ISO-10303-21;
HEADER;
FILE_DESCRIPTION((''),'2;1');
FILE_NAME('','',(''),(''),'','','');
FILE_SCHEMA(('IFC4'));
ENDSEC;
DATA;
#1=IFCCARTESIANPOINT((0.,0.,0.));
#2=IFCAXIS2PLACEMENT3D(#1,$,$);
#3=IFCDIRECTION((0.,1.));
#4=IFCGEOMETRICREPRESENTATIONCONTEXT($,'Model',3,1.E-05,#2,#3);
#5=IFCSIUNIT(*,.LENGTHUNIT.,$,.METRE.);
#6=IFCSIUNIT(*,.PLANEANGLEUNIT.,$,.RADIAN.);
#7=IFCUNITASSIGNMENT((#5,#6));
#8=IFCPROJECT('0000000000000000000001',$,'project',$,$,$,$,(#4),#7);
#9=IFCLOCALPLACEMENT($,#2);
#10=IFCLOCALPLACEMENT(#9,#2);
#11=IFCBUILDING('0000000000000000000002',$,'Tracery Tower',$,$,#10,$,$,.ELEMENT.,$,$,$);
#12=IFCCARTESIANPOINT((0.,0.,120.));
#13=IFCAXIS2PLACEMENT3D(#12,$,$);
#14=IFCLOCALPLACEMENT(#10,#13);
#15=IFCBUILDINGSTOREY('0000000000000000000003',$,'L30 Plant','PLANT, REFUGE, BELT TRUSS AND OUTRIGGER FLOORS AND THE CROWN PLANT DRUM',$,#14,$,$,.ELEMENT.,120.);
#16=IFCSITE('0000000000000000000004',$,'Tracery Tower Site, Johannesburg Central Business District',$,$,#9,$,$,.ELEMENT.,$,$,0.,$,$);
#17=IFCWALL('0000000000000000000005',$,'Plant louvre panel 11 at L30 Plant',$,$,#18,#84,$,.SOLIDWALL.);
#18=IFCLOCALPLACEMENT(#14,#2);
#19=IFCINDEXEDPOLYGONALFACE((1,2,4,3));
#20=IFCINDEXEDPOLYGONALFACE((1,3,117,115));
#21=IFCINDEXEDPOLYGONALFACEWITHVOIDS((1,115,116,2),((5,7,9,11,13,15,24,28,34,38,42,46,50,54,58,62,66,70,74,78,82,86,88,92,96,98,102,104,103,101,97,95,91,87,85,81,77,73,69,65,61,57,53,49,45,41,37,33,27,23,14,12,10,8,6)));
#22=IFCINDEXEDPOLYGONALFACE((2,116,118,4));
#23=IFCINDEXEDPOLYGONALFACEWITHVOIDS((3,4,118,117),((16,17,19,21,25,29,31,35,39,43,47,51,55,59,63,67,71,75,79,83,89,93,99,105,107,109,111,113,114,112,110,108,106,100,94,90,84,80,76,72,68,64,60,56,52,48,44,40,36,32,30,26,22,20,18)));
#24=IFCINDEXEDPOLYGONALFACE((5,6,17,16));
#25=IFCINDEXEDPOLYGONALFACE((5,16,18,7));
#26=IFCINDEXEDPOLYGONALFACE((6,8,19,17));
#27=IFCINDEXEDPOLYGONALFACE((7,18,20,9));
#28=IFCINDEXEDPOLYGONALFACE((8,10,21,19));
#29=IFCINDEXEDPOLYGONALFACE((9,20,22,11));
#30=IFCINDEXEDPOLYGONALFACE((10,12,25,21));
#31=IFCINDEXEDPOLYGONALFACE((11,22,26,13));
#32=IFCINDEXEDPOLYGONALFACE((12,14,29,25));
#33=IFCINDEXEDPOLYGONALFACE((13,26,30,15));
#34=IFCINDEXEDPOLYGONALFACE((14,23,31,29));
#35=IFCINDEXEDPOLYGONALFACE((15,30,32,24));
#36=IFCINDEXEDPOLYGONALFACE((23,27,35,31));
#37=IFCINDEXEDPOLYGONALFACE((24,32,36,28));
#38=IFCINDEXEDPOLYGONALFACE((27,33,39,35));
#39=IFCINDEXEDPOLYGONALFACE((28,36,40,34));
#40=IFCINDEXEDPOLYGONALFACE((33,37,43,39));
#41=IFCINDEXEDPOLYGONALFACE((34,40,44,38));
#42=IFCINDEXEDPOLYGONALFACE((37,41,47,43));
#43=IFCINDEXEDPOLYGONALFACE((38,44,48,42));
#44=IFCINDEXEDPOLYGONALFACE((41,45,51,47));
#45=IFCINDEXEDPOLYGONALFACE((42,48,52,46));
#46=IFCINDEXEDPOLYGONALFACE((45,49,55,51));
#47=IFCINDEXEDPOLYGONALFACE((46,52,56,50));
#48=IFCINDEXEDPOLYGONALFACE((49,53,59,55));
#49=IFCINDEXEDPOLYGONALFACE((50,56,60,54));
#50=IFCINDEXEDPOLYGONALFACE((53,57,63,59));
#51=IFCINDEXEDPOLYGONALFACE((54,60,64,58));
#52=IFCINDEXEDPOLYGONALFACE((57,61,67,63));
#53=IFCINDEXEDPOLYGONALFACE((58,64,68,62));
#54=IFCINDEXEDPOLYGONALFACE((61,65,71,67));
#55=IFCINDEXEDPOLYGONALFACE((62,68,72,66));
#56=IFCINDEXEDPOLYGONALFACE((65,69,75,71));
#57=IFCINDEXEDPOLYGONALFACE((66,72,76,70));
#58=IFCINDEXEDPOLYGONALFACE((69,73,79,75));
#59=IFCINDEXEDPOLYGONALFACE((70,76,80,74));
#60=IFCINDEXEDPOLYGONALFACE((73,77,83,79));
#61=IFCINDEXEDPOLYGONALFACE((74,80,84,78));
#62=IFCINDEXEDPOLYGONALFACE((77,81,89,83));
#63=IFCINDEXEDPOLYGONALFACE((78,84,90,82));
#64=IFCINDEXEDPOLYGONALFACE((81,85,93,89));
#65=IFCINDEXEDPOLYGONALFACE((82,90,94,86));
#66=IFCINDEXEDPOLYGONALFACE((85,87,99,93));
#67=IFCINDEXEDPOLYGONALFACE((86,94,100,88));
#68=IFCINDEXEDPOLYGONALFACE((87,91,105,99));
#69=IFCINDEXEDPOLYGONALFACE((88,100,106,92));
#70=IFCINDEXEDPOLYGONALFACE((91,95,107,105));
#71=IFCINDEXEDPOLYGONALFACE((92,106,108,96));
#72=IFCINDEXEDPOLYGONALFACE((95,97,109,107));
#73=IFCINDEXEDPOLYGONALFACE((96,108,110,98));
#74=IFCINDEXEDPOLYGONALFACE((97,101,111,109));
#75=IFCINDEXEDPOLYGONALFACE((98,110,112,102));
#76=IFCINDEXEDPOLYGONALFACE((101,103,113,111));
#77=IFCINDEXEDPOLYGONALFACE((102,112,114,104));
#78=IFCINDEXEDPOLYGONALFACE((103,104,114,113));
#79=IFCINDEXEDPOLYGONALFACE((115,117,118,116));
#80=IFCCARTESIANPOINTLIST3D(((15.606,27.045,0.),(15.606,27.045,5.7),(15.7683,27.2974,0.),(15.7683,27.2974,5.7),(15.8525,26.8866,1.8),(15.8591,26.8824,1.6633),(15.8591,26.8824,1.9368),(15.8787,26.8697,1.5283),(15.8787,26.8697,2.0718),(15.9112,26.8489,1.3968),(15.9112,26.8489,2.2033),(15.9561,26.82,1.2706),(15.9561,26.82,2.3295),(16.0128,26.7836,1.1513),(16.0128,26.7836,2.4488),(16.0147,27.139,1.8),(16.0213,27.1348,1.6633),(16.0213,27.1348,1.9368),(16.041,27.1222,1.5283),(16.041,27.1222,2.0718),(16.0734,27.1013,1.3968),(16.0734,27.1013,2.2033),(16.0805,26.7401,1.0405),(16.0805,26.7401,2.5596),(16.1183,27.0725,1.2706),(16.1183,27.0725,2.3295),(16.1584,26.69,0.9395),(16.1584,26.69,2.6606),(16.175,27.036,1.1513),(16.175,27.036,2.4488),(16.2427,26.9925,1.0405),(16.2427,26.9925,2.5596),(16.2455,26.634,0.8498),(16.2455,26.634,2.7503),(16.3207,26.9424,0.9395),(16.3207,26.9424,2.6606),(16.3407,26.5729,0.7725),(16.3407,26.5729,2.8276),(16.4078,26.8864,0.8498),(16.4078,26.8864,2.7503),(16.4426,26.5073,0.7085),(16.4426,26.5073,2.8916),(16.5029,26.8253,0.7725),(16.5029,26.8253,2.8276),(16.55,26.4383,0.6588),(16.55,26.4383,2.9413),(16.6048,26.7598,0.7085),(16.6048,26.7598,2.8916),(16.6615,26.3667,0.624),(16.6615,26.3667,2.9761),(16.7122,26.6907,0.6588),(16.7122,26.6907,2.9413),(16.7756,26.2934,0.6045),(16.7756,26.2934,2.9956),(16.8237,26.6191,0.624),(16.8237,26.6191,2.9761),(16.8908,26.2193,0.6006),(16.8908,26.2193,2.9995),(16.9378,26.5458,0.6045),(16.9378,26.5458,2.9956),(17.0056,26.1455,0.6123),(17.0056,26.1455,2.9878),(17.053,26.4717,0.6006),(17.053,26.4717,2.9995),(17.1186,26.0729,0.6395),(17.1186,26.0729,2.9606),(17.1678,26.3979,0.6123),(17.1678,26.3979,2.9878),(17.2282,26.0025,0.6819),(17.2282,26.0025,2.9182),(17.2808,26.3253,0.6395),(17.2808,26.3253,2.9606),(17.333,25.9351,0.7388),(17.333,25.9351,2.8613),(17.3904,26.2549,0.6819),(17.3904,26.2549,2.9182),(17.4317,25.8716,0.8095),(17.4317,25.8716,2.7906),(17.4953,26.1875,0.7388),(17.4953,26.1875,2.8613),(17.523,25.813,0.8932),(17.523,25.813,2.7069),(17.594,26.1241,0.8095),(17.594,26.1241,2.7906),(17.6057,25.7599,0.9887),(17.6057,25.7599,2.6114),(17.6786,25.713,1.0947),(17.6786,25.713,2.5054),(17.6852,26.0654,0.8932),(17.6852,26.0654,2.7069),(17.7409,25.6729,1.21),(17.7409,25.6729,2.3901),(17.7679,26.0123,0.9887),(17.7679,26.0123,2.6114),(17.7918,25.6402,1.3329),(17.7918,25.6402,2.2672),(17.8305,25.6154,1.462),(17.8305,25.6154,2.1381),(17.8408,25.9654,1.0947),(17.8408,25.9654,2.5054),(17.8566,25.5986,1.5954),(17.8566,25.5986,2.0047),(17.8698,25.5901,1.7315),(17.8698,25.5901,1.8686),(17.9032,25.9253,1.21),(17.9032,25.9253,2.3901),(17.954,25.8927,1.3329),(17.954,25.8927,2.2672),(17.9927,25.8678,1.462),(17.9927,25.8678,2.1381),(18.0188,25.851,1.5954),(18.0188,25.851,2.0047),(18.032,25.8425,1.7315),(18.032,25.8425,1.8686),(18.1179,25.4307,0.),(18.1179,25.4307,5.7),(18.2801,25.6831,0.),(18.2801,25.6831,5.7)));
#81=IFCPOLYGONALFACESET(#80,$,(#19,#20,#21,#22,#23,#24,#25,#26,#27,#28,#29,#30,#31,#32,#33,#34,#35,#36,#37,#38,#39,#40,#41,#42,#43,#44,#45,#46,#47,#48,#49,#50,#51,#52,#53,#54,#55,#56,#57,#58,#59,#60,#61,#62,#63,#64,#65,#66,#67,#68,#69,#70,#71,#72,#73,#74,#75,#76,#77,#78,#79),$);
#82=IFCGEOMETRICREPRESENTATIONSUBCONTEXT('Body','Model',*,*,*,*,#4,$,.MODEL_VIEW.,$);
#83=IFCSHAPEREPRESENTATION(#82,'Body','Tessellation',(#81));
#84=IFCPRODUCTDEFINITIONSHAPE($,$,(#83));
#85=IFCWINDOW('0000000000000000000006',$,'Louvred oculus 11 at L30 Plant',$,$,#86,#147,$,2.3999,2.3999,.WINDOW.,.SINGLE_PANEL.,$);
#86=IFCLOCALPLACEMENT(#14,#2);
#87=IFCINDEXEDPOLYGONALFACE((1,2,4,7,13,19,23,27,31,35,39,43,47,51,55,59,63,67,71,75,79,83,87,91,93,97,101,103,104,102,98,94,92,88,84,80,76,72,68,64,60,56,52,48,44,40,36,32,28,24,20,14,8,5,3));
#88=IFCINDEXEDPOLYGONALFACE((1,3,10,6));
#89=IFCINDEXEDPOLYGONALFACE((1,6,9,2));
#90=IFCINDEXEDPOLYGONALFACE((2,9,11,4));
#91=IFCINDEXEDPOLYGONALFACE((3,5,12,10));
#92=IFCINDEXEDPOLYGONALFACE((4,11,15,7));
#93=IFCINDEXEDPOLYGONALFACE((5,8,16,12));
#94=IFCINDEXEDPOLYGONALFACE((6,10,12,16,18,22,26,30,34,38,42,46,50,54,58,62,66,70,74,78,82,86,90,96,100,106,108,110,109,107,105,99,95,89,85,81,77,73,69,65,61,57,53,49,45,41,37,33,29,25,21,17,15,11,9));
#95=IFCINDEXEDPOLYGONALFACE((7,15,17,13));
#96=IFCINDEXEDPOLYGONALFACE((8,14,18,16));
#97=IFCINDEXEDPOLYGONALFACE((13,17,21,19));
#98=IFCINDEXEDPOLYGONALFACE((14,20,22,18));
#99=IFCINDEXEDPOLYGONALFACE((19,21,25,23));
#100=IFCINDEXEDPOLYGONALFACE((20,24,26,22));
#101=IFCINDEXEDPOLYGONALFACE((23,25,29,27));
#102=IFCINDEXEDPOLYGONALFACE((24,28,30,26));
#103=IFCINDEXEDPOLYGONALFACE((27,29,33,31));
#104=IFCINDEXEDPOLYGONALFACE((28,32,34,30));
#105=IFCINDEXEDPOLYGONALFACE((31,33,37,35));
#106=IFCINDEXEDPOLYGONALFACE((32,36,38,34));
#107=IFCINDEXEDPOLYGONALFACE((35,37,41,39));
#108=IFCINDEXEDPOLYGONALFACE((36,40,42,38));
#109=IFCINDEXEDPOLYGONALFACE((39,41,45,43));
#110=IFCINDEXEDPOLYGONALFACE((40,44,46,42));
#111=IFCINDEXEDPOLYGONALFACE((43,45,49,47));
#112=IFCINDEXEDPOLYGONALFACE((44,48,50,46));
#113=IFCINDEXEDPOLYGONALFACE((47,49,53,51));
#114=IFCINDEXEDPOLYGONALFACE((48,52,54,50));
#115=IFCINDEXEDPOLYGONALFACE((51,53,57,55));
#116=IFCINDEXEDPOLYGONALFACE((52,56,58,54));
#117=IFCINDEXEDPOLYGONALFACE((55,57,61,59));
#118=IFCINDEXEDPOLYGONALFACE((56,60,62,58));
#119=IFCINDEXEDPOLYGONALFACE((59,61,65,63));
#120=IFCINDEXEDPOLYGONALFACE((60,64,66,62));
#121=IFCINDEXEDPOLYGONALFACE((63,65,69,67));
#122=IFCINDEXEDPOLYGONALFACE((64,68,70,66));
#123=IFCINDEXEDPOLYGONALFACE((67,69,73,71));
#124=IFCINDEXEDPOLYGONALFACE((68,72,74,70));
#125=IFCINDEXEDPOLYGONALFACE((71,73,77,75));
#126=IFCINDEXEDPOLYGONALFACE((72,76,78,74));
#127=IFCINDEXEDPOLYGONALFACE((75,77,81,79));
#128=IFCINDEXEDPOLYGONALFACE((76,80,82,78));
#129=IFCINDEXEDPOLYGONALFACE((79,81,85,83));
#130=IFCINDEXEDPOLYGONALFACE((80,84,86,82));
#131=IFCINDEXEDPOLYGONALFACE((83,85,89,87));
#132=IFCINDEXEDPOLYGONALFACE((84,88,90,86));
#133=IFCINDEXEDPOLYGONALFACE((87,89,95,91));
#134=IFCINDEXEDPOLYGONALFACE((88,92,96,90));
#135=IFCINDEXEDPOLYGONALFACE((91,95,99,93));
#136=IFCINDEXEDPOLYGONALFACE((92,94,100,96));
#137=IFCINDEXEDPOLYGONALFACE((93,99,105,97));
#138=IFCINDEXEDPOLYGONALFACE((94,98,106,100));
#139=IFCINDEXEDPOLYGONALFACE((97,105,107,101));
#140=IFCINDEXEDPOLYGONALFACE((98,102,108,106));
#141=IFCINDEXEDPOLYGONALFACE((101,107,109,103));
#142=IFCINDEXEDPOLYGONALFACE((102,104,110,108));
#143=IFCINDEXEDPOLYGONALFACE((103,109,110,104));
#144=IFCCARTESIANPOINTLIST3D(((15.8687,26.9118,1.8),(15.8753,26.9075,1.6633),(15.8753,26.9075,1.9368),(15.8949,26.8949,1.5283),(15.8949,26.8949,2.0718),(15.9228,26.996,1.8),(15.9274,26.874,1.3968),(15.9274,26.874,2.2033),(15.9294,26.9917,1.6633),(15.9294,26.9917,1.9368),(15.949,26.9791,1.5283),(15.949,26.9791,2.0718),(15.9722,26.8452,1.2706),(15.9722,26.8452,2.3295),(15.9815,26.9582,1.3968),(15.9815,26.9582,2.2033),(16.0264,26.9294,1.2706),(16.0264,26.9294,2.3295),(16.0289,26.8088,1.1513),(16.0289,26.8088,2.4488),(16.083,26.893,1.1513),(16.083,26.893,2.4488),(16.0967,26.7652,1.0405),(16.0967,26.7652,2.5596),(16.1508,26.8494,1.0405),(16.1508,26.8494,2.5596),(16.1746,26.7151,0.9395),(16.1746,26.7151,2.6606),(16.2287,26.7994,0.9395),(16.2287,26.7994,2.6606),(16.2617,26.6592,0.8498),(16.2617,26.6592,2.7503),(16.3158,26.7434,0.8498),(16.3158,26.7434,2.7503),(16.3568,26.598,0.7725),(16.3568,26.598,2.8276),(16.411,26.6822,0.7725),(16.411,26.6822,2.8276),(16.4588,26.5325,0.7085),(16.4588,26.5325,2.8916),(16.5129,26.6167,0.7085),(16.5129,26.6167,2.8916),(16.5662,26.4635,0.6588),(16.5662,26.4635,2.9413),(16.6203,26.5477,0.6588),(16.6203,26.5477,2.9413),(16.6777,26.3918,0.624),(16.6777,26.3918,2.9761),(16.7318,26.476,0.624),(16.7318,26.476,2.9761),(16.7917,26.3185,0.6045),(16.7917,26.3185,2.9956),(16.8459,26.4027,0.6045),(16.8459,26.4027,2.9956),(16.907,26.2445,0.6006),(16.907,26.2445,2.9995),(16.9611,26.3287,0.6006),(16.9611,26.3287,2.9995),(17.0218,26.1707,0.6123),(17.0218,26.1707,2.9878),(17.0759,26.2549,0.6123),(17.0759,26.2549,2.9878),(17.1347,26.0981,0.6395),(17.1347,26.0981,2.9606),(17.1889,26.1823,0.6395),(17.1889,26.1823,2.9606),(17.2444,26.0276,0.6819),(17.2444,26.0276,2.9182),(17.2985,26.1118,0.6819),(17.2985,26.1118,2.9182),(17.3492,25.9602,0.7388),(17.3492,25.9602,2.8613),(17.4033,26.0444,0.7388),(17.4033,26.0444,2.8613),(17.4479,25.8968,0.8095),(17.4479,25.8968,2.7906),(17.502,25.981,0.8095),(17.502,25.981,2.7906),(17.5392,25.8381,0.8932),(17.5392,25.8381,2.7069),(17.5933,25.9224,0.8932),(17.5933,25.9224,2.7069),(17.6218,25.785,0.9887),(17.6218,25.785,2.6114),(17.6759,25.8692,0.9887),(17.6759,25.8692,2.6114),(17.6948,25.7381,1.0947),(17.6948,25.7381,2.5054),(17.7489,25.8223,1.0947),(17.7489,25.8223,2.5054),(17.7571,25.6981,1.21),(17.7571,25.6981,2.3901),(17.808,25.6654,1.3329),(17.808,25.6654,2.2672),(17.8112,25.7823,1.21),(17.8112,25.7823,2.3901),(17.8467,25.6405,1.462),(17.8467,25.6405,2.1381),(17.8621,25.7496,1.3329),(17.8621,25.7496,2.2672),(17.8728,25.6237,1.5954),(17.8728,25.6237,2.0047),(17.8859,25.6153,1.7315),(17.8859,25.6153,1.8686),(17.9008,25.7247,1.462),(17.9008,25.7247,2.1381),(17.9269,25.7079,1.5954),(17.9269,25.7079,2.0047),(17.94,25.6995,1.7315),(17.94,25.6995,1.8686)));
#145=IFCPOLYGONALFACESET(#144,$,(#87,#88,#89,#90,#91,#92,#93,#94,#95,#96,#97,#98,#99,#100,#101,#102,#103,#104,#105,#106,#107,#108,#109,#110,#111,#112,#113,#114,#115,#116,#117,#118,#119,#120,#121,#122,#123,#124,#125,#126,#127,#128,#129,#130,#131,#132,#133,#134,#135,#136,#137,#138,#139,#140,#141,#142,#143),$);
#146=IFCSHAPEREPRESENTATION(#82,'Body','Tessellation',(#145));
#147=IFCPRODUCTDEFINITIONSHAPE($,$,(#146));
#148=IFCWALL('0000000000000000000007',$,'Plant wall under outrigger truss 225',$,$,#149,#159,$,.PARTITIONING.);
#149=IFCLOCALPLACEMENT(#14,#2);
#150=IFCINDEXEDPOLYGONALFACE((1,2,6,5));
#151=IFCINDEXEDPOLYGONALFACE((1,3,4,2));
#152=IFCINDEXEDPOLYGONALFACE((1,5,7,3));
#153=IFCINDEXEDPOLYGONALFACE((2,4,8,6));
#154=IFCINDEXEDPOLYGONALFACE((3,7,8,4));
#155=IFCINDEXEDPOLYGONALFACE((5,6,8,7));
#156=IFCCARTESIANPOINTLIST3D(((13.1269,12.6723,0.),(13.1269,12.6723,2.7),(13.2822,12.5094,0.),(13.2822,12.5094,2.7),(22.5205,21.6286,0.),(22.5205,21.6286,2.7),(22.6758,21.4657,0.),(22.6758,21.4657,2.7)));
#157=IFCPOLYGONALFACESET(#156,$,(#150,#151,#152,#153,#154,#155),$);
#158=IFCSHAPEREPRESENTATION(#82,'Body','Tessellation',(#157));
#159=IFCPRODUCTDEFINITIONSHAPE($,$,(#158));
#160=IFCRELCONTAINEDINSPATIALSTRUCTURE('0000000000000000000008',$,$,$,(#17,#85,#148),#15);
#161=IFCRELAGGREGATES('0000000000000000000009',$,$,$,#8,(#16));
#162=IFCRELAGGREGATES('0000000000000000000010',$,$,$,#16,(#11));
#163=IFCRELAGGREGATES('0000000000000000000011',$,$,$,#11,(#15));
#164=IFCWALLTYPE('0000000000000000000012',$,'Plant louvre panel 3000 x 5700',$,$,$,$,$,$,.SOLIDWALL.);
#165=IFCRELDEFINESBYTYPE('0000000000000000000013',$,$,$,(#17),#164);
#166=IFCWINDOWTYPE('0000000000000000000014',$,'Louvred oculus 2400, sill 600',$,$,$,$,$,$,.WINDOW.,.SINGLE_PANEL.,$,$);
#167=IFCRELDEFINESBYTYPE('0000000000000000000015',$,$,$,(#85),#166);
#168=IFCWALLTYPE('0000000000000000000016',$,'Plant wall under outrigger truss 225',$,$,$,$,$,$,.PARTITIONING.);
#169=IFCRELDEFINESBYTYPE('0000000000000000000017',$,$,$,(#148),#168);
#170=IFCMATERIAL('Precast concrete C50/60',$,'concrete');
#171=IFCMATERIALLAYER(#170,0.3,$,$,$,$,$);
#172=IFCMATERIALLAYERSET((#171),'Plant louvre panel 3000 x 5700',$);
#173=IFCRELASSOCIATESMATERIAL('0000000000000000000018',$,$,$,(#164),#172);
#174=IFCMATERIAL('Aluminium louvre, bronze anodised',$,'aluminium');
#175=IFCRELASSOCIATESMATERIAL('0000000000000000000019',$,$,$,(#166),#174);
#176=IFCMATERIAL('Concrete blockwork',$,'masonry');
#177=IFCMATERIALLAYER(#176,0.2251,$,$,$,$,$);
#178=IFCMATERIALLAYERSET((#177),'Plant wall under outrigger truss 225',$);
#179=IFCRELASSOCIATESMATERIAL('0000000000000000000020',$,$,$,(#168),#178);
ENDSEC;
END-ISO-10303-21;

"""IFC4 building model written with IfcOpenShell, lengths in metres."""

from ifc_helpers import new_model, si_unit, direction, frame, frame_2d, origin, origin_2d, place, context, subcontext, project, spatial, rectangle, circle, extrude, material, layer, layer_set, type_object, element, fill, save


model = new_model("IFC4")

# Units and contexts
model_context = context("Model", 3, precision=1e-05, world=origin(), true_north=direction((0.0, 1.0)))
body_context = subcontext(model_context, "Body", "Model", "MODEL_VIEW")
ifc_project = project(units=[si_unit("LENGTHUNIT", "METRE"), si_unit("PLANEANGLEUNIT", "RADIAN")], contexts=[model_context])

# Site, building, storey
site_placement = place(None, origin())
site = spatial("IfcSite", under=ifc_project, at=site_placement, Name="Tracery Tower Site, Johannesburg Central Business District", CompositionType="ELEMENT", RefElevation=0.0)
building_placement = place(site_placement, origin())
building = spatial("IfcBuilding", under=site, at=building_placement, Name="Tracery Tower", CompositionType="ELEMENT")
storey_placement = place(building_placement, frame((0.0, 0.0, 120.0)))
storey = spatial("IfcBuildingStorey", under=building, at=storey_placement, Name="L30 Plant", Description="PLANT, REFUGE, BELT TRUSS AND OUTRIGGER FLOORS AND THE CROWN PLANT DRUM", CompositionType="ELEMENT", Elevation=120.0)

# Wall, opening, window
ifc_material_1 = material(Name="Precast concrete C50/60", Category="concrete")
ifc_layer_1 = layer(ifc_material_1, 0.3)
ifc_layer_set_1 = layer_set([ifc_layer_1], Name="Plant louvre panel 3000 x 5700")
wall_type_1 = type_object("IfcWallType", Name="Plant louvre panel 3000 x 5700", PredefinedType="SOLIDWALL", material=ifc_layer_set_1)
ifc_material_2 = material(Name="Aluminium louvre, bronze anodised", Category="aluminium")
window_type = type_object("IfcWindowType", Name="Louvred oculus 2400, sill 600", PartitioningType="SINGLE_PANEL", PredefinedType="WINDOW", material=ifc_material_2)
wall_1_placement = place(storey_placement, frame((18.199, 25.5569, 0.0), z_axis=(0.0, 0.0, 1.0), x_axis=(-0.841242, 0.540658, 0.0)))
wall_1 = element("IfcWall", 1, at=wall_1_placement, inside=storey, type_object=wall_type_1, Name="Plant louvre panel 11 at L30 Plant", PredefinedType="SOLIDWALL", context=body_context, shape_type="SweptSolid", body=[
    extrude(rectangle(XDim=2.9858, YDim=0.3, at=frame_2d((1.4929, 0.0))), origin(), (0.0, 0.0, 1.0), 5.7),
])
opening_1_placement = place(wall_1_placement, frame((1.4929, 0.0, 1.8)))
opening_1 = element("IfcOpeningElement", 2, at=opening_1_placement, cuts=wall_1, PredefinedType="OPENING", context=body_context, shape_type="SweptSolid", body=[
    extrude(circle(Radius=1.2, at=origin_2d()), frame((0.0, 0.1599, 0.0), z_axis=(0.0, -1.0, 0.0), x_axis=(1.0, 0.0, 0.0)), (0.0, 0.0, 1.0), 0.3201),
])
window_1_placement = place(opening_1_placement, origin())
window_1 = element("IfcWindow", 3, at=window_1_placement, inside=storey, type_object=window_type, Name="Louvred oculus 11 at L30 Plant", OverallHeight=2.3999, OverallWidth=2.3999, PartitioningType="SINGLE_PANEL", PredefinedType="WINDOW", context=body_context, shape_type="SweptSolid", body=[
    extrude(circle(Radius=1.2, at=origin_2d()), frame((0.0, 0.1201, 0.0), z_axis=(0.0, -1.0, 0.0), x_axis=(1.0, 0.0, 0.0)), (0.0, 0.0, 1.0), 0.1001),
])
fill(opening_1, window_1)

# Wall
ifc_material_3 = material(Name="Concrete blockwork", Category="masonry")
ifc_layer_2 = layer(ifc_material_3, 0.2251)
ifc_layer_set_2 = layer_set([ifc_layer_2], Name="Plant wall under outrigger truss 225")
wall_type_2 = type_object("IfcWallType", Name="Plant wall under outrigger truss 225", PredefinedType="PARTITIONING", material=ifc_layer_set_2)
wall_2_placement = place(storey_placement, frame((22.5981, 21.5471, 0.0), z_axis=(0.0, 0.0, 1.0), x_axis=(-0.723751, -0.690061, 0.0)))
element("IfcWall", 4, at=wall_2_placement, inside=storey, type_object=wall_type_2, Name="Plant wall under outrigger truss 225", PredefinedType="PARTITIONING", context=body_context, shape_type="SweptSolid", body=[
    extrude(rectangle(XDim=12.979, YDim=0.2251, at=frame_2d((6.4895, 0.0))), origin(), (0.0, 0.0, 1.0), 2.7),
])

save(model, "model.ifc")
